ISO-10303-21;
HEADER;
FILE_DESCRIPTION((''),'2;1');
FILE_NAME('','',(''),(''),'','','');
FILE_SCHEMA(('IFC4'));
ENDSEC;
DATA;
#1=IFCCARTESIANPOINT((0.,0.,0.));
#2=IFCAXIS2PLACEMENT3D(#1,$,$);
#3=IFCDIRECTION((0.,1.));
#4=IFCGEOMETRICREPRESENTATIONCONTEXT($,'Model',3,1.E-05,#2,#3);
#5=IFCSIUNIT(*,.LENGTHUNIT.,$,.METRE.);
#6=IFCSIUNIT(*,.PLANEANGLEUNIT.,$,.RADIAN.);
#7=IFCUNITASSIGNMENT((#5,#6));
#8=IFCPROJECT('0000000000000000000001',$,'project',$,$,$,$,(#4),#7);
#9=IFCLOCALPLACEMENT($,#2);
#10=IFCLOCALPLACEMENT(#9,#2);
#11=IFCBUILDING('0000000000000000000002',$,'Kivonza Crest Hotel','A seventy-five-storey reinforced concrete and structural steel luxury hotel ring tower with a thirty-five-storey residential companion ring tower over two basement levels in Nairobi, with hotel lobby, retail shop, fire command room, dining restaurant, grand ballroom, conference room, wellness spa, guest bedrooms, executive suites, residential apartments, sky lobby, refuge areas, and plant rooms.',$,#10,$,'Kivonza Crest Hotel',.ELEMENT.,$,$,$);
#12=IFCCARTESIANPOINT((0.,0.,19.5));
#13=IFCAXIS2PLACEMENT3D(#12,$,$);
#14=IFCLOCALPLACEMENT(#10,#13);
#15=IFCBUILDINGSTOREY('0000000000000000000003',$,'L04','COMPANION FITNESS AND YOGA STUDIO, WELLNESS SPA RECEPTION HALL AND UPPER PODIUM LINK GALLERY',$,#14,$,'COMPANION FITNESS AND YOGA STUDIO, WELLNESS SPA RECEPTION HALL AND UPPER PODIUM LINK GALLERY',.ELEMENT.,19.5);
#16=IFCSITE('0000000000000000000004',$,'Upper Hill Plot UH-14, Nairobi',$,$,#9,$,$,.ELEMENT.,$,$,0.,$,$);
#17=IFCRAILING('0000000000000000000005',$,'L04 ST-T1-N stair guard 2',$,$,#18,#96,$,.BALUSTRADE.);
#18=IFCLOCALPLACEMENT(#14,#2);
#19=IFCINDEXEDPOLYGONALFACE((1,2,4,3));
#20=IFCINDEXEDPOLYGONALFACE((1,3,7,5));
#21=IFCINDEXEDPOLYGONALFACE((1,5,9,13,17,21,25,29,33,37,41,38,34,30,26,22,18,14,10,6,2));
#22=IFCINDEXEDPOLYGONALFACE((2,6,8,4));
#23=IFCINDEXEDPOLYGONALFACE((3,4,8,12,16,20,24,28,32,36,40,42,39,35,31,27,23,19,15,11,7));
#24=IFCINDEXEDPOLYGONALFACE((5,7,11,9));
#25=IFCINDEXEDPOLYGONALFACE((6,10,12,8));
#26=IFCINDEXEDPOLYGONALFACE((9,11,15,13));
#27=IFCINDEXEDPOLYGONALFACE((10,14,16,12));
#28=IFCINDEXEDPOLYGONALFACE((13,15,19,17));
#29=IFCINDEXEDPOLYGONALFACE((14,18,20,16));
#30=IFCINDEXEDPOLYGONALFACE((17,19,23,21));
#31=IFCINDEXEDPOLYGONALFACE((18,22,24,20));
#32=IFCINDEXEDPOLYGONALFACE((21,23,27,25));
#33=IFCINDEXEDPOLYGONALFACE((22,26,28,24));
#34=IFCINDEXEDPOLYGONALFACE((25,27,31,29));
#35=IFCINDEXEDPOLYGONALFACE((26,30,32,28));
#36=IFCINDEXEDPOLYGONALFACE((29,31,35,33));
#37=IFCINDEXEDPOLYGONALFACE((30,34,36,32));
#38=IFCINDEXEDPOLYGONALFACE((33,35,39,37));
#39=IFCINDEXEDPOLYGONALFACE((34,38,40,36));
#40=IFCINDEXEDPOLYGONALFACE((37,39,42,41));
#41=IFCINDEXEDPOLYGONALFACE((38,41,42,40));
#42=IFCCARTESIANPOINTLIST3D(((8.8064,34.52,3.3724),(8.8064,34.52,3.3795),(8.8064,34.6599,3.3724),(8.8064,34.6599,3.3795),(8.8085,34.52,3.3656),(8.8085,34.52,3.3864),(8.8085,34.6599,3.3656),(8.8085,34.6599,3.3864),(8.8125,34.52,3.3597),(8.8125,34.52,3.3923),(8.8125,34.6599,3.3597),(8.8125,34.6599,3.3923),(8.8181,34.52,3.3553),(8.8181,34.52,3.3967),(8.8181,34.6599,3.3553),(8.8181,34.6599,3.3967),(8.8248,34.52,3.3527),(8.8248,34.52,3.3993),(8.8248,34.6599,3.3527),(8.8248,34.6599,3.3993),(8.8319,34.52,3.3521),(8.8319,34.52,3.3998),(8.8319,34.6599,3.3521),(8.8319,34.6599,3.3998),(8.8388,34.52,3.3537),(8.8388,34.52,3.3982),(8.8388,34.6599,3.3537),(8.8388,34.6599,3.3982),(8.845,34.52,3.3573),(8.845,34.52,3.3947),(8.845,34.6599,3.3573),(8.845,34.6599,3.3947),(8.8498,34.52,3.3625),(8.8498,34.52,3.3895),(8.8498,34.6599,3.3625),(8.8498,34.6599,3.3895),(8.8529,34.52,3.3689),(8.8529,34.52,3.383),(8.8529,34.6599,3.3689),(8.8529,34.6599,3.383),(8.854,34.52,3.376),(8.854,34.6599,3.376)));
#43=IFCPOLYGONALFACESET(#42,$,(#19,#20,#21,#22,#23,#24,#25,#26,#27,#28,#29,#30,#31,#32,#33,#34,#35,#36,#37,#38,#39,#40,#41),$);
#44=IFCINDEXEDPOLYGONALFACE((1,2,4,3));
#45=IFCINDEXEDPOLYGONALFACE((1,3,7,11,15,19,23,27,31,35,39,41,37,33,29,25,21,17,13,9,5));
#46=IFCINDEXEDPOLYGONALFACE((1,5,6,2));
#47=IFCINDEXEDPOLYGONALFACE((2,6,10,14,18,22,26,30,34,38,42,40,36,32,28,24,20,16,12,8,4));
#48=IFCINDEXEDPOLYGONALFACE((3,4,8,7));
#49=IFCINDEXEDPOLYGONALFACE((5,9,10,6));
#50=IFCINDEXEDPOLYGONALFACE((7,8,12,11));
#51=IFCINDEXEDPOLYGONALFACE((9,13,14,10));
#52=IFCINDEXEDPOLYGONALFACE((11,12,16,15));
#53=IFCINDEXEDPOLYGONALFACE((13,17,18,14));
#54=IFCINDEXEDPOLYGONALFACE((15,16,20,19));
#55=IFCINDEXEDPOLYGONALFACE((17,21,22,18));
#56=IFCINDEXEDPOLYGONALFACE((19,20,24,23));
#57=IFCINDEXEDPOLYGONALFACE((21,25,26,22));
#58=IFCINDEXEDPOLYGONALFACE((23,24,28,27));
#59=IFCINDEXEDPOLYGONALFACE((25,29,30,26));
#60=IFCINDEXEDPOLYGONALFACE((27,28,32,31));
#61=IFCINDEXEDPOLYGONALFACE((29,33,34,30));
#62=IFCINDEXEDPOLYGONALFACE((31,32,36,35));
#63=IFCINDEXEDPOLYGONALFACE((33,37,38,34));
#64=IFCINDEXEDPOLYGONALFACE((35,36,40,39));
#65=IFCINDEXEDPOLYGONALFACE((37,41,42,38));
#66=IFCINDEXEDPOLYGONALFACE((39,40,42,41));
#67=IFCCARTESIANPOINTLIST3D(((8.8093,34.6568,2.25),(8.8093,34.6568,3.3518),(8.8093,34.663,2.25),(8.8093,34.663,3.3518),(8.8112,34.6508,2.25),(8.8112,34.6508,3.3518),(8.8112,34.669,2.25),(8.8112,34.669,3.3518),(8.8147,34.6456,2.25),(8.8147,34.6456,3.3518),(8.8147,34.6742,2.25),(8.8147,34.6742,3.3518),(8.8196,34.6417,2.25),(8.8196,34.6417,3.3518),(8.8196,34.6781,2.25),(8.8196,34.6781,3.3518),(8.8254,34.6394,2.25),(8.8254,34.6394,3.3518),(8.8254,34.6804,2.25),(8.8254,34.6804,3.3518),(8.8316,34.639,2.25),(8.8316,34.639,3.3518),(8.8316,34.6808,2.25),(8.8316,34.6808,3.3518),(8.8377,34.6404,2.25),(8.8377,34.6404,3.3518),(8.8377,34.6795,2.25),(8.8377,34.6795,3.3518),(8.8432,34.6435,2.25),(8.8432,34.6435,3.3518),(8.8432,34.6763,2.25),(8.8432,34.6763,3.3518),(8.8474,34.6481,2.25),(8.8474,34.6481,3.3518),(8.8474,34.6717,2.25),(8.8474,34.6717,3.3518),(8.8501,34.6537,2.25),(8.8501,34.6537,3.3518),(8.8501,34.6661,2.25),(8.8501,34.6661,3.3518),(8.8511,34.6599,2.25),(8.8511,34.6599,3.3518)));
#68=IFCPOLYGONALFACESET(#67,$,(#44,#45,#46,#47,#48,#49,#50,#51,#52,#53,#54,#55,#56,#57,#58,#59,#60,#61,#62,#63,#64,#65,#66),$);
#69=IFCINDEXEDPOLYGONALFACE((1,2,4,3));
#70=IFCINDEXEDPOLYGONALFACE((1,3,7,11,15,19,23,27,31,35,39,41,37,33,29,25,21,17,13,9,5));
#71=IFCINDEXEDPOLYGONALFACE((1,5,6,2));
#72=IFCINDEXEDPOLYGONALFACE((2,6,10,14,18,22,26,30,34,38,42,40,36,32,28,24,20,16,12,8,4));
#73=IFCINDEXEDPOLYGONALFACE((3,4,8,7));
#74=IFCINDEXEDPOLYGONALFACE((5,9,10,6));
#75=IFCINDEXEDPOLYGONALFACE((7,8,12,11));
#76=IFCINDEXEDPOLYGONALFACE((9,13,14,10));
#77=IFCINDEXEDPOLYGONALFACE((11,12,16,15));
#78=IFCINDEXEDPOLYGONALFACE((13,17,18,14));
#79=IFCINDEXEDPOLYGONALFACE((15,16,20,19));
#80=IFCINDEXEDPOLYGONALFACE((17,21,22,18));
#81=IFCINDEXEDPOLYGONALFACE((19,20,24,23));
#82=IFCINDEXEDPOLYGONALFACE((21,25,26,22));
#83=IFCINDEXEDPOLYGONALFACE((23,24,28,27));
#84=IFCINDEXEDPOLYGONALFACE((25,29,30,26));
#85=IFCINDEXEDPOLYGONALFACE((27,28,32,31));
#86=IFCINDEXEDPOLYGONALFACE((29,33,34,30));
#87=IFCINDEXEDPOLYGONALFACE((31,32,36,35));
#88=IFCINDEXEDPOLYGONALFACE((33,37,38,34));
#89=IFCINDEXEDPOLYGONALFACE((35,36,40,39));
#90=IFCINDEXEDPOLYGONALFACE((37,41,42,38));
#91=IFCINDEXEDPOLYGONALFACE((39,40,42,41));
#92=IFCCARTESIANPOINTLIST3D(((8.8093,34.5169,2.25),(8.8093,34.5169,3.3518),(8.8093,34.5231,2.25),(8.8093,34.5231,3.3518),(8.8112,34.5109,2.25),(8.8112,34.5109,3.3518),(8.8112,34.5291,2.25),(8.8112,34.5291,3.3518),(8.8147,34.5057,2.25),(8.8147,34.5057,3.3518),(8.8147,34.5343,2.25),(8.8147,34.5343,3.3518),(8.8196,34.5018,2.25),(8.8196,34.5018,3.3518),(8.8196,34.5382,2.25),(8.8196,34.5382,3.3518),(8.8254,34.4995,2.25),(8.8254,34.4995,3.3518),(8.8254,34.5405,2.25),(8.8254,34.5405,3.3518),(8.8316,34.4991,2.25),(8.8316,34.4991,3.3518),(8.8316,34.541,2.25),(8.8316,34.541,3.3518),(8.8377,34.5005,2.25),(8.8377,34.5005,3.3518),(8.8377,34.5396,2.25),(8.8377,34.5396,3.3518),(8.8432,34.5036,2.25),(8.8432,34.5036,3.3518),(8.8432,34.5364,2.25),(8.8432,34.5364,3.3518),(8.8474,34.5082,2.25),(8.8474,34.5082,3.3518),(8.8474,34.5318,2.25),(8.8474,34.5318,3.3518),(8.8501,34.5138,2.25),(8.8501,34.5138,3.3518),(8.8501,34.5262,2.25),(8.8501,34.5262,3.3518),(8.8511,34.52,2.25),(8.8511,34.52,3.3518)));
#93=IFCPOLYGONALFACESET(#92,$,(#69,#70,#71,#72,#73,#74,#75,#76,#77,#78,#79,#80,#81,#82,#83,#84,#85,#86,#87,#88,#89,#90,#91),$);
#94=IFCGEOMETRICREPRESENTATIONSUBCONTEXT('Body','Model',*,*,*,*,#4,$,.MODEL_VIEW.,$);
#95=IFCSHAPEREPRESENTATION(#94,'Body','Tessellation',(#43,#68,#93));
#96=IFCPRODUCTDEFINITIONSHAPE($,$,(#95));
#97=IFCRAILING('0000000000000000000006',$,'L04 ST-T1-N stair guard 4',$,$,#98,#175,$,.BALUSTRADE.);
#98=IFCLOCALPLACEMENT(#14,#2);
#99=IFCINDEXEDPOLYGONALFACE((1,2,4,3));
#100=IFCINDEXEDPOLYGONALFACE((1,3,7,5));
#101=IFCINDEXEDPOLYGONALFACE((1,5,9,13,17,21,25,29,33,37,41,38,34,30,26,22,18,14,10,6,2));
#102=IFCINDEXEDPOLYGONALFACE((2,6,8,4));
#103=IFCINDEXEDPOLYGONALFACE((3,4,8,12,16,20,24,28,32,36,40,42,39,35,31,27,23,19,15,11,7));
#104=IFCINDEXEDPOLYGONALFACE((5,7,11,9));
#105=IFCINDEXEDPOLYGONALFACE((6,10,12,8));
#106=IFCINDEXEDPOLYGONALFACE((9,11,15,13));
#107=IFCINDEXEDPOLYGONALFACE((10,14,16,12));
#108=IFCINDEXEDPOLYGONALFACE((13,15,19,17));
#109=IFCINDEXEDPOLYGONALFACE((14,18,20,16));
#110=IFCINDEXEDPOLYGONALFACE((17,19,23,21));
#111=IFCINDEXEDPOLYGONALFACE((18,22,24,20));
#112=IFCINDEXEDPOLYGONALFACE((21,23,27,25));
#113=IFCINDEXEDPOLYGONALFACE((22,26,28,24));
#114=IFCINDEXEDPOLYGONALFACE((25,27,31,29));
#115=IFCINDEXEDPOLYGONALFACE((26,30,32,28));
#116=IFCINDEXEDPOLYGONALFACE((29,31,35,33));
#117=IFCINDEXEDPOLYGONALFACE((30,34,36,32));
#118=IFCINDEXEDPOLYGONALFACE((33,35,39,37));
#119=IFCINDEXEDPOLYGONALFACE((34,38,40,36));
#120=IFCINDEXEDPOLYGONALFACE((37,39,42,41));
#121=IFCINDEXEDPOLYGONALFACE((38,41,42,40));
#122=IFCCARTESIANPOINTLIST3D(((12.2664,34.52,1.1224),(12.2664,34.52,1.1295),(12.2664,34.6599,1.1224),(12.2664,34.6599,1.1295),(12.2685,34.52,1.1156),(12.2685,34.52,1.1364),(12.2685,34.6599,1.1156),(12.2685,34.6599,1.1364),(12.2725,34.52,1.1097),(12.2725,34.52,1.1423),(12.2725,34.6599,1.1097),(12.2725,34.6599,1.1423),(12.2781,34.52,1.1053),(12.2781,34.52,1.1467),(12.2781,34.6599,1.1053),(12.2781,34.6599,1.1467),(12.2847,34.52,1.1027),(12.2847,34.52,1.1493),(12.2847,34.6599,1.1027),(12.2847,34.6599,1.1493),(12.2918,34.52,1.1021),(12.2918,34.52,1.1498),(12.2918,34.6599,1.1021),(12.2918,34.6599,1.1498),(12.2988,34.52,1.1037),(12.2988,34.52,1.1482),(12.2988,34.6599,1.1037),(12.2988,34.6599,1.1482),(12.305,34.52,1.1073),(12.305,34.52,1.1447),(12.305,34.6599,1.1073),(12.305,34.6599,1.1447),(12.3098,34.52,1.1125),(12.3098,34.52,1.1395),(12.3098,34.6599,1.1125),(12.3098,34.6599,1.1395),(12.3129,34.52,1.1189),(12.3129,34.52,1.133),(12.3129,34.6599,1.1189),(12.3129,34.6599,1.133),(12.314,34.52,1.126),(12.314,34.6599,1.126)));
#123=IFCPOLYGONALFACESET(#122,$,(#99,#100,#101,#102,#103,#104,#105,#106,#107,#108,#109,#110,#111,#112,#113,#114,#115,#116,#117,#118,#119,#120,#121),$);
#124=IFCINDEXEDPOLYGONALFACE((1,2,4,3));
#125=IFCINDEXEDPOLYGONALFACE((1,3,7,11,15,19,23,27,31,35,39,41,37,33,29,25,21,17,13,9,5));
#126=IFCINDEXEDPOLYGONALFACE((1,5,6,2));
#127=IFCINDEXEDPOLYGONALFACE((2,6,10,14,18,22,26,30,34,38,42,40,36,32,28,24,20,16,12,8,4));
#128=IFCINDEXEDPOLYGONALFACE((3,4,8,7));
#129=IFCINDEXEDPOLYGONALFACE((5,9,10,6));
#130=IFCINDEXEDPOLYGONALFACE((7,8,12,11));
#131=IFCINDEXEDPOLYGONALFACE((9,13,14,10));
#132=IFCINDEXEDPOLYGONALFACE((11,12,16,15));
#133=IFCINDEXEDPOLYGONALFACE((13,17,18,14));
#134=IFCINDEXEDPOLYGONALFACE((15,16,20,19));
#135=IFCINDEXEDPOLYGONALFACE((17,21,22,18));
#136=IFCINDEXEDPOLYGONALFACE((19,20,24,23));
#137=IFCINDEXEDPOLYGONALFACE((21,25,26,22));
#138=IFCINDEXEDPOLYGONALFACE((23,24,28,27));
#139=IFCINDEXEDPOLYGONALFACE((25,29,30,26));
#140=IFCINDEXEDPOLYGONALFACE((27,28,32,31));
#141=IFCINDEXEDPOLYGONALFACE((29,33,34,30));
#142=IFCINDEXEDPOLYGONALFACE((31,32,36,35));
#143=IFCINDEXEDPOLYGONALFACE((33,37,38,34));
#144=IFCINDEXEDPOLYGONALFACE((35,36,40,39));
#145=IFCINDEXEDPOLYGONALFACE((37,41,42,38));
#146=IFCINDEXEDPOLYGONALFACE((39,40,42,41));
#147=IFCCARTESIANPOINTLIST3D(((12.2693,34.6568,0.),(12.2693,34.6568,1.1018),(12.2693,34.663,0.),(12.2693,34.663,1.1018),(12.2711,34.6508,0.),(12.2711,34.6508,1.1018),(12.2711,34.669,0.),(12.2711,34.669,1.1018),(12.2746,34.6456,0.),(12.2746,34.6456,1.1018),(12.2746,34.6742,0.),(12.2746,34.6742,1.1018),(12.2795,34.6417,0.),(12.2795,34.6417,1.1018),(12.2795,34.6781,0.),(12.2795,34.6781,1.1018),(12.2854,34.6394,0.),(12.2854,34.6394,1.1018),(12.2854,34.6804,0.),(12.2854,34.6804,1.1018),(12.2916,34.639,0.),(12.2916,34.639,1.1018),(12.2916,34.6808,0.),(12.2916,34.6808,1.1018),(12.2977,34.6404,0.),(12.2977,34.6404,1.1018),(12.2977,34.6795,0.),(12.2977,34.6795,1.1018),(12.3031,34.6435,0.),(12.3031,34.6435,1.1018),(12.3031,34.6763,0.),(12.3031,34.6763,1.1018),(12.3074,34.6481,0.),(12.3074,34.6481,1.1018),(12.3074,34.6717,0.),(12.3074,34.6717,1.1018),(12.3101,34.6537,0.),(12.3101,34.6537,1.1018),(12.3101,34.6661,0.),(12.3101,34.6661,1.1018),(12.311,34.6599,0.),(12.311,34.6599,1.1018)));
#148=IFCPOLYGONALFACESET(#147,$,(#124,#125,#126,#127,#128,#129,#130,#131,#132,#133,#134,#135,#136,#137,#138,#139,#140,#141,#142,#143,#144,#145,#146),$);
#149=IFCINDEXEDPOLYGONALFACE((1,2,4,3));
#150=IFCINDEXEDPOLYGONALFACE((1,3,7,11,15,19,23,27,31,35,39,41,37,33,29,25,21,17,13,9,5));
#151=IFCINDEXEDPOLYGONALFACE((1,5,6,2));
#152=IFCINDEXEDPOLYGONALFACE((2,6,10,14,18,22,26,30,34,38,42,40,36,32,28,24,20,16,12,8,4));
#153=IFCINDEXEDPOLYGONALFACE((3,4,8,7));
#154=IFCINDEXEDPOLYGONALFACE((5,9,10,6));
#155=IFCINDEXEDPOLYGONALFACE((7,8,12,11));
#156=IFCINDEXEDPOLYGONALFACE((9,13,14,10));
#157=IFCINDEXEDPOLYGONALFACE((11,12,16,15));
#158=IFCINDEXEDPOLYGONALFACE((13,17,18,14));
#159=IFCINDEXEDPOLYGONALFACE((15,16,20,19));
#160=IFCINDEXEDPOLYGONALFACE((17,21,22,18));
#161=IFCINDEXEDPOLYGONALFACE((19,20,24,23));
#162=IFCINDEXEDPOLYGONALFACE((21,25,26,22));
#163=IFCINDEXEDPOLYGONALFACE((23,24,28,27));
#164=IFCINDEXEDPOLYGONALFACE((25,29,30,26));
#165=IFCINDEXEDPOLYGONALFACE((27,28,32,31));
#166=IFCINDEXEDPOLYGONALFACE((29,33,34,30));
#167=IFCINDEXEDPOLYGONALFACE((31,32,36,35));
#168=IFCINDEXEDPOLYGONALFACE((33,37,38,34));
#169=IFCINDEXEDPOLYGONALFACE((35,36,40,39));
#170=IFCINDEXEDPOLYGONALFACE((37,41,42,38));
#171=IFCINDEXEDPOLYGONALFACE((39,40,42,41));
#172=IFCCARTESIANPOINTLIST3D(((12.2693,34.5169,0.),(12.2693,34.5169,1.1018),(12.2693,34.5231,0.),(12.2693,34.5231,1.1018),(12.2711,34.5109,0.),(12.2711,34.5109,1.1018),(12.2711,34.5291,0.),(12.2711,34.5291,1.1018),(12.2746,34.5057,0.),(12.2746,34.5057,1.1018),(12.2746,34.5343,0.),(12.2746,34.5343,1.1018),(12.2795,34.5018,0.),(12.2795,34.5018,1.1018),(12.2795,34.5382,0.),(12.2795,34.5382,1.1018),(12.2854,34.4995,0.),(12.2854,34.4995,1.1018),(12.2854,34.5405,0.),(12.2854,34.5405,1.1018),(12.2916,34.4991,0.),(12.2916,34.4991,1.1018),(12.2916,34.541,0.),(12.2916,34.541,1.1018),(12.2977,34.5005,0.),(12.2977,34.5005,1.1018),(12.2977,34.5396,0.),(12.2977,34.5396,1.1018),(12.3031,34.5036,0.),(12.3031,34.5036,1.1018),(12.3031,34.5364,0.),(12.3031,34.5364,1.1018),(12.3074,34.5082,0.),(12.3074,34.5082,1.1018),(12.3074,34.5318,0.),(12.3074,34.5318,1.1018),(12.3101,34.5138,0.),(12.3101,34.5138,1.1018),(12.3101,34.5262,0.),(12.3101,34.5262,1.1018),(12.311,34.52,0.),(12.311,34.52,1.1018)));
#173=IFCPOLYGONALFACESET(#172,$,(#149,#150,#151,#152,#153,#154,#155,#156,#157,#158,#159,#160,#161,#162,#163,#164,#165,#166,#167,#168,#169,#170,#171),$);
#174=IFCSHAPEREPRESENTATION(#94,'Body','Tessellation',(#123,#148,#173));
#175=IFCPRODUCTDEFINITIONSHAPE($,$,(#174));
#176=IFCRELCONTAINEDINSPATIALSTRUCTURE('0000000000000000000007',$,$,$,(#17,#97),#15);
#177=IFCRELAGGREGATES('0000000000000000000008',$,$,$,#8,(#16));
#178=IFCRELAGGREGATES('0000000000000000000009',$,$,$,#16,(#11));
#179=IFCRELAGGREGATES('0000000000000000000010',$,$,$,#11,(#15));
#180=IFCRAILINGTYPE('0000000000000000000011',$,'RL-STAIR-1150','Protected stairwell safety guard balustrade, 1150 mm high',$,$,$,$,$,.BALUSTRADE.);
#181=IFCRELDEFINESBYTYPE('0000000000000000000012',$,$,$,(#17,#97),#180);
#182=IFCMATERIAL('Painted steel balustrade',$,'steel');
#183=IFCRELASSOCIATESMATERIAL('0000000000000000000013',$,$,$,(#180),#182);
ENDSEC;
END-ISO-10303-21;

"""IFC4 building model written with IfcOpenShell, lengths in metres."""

from ifc_helpers import new_model, si_unit, direction, frame, origin, origin_2d, place, context, subcontext, project, spatial, circle, extrude, material, type_object, element, save


model = new_model("IFC4")

# Units and contexts
model_context = context("Model", 3, precision=1e-05, world=origin(), true_north=direction((0.0, 1.0)))
body_context = subcontext(model_context, "Body", "Model", "MODEL_VIEW")
ifc_project = project(units=[si_unit("LENGTHUNIT", "METRE"), si_unit("PLANEANGLEUNIT", "RADIAN")], contexts=[model_context])

# Site, building, storey
site_placement = place(None, origin())
site = spatial("IfcSite", under=ifc_project, at=site_placement, Name="Upper Hill Plot UH-14, Nairobi", CompositionType="ELEMENT", RefElevation=0.0)
building_placement = place(site_placement, origin())
building = spatial("IfcBuilding", under=site, at=building_placement, Name="Kivonza Crest Hotel", Description="A seventy-five-storey reinforced concrete and structural steel luxury hotel ring tower with a thirty-five-storey residential companion ring tower over two basement levels in Nairobi, with hotel lobby, retail shop, fire command room, dining restaurant, grand ballroom, conference room, wellness spa, guest bedrooms, executive suites, residential apartments, sky lobby, refuge areas, and plant rooms.", LongName="Kivonza Crest Hotel", CompositionType="ELEMENT")
storey_placement = place(building_placement, frame((0.0, 0.0, 19.5)))
storey = spatial("IfcBuildingStorey", under=building, at=storey_placement, Name="L04", Description="COMPANION FITNESS AND YOGA STUDIO, WELLNESS SPA RECEPTION HALL AND UPPER PODIUM LINK GALLERY", LongName="COMPANION FITNESS AND YOGA STUDIO, WELLNESS SPA RECEPTION HALL AND UPPER PODIUM LINK GALLERY", CompositionType="ELEMENT", Elevation=19.5)

# Railings
ifc_material_1 = material(Name="Painted steel balustrade", Category="steel")
railing_type_1 = type_object("IfcRailingType", Name="RL-STAIR-1150", Description="Protected stairwell safety guard balustrade, 1150 mm high", PredefinedType="BALUSTRADE", material=ifc_material_1)
for number, where, name in (
    (1, (8.8301, 34.6599, 2.25), "L04 ST-T1-N stair guard 2"),
    (2, (12.29, 34.6599, 0.0), "L04 ST-T1-N stair guard 4"),
):
    element("IfcRailing", number, at=place(storey_placement, frame(where)), inside=storey, type_object=railing_type_1, Name=name, PredefinedType="BALUSTRADE", context=body_context, shape_type="SweptSolid", body=[
        extrude(circle(Radius=0.0239, at=origin_2d()), frame((0.0, 0.0, 1.126), z_axis=(0.0, -1.0, 0.0), x_axis=(1.0, 0.0, 0.0)), (0.0, 0.0, 1.0), 0.1399),
        extrude(circle(Radius=0.021, at=origin_2d()), origin(), (0.0, 0.0, 1.0), 1.1018),
        extrude(circle(Radius=0.021, at=origin_2d()), frame((0.0, -0.1399, 0.0)), (0.0, 0.0, 1.0), 1.1018),
    ])

save(model, "model.ifc")
